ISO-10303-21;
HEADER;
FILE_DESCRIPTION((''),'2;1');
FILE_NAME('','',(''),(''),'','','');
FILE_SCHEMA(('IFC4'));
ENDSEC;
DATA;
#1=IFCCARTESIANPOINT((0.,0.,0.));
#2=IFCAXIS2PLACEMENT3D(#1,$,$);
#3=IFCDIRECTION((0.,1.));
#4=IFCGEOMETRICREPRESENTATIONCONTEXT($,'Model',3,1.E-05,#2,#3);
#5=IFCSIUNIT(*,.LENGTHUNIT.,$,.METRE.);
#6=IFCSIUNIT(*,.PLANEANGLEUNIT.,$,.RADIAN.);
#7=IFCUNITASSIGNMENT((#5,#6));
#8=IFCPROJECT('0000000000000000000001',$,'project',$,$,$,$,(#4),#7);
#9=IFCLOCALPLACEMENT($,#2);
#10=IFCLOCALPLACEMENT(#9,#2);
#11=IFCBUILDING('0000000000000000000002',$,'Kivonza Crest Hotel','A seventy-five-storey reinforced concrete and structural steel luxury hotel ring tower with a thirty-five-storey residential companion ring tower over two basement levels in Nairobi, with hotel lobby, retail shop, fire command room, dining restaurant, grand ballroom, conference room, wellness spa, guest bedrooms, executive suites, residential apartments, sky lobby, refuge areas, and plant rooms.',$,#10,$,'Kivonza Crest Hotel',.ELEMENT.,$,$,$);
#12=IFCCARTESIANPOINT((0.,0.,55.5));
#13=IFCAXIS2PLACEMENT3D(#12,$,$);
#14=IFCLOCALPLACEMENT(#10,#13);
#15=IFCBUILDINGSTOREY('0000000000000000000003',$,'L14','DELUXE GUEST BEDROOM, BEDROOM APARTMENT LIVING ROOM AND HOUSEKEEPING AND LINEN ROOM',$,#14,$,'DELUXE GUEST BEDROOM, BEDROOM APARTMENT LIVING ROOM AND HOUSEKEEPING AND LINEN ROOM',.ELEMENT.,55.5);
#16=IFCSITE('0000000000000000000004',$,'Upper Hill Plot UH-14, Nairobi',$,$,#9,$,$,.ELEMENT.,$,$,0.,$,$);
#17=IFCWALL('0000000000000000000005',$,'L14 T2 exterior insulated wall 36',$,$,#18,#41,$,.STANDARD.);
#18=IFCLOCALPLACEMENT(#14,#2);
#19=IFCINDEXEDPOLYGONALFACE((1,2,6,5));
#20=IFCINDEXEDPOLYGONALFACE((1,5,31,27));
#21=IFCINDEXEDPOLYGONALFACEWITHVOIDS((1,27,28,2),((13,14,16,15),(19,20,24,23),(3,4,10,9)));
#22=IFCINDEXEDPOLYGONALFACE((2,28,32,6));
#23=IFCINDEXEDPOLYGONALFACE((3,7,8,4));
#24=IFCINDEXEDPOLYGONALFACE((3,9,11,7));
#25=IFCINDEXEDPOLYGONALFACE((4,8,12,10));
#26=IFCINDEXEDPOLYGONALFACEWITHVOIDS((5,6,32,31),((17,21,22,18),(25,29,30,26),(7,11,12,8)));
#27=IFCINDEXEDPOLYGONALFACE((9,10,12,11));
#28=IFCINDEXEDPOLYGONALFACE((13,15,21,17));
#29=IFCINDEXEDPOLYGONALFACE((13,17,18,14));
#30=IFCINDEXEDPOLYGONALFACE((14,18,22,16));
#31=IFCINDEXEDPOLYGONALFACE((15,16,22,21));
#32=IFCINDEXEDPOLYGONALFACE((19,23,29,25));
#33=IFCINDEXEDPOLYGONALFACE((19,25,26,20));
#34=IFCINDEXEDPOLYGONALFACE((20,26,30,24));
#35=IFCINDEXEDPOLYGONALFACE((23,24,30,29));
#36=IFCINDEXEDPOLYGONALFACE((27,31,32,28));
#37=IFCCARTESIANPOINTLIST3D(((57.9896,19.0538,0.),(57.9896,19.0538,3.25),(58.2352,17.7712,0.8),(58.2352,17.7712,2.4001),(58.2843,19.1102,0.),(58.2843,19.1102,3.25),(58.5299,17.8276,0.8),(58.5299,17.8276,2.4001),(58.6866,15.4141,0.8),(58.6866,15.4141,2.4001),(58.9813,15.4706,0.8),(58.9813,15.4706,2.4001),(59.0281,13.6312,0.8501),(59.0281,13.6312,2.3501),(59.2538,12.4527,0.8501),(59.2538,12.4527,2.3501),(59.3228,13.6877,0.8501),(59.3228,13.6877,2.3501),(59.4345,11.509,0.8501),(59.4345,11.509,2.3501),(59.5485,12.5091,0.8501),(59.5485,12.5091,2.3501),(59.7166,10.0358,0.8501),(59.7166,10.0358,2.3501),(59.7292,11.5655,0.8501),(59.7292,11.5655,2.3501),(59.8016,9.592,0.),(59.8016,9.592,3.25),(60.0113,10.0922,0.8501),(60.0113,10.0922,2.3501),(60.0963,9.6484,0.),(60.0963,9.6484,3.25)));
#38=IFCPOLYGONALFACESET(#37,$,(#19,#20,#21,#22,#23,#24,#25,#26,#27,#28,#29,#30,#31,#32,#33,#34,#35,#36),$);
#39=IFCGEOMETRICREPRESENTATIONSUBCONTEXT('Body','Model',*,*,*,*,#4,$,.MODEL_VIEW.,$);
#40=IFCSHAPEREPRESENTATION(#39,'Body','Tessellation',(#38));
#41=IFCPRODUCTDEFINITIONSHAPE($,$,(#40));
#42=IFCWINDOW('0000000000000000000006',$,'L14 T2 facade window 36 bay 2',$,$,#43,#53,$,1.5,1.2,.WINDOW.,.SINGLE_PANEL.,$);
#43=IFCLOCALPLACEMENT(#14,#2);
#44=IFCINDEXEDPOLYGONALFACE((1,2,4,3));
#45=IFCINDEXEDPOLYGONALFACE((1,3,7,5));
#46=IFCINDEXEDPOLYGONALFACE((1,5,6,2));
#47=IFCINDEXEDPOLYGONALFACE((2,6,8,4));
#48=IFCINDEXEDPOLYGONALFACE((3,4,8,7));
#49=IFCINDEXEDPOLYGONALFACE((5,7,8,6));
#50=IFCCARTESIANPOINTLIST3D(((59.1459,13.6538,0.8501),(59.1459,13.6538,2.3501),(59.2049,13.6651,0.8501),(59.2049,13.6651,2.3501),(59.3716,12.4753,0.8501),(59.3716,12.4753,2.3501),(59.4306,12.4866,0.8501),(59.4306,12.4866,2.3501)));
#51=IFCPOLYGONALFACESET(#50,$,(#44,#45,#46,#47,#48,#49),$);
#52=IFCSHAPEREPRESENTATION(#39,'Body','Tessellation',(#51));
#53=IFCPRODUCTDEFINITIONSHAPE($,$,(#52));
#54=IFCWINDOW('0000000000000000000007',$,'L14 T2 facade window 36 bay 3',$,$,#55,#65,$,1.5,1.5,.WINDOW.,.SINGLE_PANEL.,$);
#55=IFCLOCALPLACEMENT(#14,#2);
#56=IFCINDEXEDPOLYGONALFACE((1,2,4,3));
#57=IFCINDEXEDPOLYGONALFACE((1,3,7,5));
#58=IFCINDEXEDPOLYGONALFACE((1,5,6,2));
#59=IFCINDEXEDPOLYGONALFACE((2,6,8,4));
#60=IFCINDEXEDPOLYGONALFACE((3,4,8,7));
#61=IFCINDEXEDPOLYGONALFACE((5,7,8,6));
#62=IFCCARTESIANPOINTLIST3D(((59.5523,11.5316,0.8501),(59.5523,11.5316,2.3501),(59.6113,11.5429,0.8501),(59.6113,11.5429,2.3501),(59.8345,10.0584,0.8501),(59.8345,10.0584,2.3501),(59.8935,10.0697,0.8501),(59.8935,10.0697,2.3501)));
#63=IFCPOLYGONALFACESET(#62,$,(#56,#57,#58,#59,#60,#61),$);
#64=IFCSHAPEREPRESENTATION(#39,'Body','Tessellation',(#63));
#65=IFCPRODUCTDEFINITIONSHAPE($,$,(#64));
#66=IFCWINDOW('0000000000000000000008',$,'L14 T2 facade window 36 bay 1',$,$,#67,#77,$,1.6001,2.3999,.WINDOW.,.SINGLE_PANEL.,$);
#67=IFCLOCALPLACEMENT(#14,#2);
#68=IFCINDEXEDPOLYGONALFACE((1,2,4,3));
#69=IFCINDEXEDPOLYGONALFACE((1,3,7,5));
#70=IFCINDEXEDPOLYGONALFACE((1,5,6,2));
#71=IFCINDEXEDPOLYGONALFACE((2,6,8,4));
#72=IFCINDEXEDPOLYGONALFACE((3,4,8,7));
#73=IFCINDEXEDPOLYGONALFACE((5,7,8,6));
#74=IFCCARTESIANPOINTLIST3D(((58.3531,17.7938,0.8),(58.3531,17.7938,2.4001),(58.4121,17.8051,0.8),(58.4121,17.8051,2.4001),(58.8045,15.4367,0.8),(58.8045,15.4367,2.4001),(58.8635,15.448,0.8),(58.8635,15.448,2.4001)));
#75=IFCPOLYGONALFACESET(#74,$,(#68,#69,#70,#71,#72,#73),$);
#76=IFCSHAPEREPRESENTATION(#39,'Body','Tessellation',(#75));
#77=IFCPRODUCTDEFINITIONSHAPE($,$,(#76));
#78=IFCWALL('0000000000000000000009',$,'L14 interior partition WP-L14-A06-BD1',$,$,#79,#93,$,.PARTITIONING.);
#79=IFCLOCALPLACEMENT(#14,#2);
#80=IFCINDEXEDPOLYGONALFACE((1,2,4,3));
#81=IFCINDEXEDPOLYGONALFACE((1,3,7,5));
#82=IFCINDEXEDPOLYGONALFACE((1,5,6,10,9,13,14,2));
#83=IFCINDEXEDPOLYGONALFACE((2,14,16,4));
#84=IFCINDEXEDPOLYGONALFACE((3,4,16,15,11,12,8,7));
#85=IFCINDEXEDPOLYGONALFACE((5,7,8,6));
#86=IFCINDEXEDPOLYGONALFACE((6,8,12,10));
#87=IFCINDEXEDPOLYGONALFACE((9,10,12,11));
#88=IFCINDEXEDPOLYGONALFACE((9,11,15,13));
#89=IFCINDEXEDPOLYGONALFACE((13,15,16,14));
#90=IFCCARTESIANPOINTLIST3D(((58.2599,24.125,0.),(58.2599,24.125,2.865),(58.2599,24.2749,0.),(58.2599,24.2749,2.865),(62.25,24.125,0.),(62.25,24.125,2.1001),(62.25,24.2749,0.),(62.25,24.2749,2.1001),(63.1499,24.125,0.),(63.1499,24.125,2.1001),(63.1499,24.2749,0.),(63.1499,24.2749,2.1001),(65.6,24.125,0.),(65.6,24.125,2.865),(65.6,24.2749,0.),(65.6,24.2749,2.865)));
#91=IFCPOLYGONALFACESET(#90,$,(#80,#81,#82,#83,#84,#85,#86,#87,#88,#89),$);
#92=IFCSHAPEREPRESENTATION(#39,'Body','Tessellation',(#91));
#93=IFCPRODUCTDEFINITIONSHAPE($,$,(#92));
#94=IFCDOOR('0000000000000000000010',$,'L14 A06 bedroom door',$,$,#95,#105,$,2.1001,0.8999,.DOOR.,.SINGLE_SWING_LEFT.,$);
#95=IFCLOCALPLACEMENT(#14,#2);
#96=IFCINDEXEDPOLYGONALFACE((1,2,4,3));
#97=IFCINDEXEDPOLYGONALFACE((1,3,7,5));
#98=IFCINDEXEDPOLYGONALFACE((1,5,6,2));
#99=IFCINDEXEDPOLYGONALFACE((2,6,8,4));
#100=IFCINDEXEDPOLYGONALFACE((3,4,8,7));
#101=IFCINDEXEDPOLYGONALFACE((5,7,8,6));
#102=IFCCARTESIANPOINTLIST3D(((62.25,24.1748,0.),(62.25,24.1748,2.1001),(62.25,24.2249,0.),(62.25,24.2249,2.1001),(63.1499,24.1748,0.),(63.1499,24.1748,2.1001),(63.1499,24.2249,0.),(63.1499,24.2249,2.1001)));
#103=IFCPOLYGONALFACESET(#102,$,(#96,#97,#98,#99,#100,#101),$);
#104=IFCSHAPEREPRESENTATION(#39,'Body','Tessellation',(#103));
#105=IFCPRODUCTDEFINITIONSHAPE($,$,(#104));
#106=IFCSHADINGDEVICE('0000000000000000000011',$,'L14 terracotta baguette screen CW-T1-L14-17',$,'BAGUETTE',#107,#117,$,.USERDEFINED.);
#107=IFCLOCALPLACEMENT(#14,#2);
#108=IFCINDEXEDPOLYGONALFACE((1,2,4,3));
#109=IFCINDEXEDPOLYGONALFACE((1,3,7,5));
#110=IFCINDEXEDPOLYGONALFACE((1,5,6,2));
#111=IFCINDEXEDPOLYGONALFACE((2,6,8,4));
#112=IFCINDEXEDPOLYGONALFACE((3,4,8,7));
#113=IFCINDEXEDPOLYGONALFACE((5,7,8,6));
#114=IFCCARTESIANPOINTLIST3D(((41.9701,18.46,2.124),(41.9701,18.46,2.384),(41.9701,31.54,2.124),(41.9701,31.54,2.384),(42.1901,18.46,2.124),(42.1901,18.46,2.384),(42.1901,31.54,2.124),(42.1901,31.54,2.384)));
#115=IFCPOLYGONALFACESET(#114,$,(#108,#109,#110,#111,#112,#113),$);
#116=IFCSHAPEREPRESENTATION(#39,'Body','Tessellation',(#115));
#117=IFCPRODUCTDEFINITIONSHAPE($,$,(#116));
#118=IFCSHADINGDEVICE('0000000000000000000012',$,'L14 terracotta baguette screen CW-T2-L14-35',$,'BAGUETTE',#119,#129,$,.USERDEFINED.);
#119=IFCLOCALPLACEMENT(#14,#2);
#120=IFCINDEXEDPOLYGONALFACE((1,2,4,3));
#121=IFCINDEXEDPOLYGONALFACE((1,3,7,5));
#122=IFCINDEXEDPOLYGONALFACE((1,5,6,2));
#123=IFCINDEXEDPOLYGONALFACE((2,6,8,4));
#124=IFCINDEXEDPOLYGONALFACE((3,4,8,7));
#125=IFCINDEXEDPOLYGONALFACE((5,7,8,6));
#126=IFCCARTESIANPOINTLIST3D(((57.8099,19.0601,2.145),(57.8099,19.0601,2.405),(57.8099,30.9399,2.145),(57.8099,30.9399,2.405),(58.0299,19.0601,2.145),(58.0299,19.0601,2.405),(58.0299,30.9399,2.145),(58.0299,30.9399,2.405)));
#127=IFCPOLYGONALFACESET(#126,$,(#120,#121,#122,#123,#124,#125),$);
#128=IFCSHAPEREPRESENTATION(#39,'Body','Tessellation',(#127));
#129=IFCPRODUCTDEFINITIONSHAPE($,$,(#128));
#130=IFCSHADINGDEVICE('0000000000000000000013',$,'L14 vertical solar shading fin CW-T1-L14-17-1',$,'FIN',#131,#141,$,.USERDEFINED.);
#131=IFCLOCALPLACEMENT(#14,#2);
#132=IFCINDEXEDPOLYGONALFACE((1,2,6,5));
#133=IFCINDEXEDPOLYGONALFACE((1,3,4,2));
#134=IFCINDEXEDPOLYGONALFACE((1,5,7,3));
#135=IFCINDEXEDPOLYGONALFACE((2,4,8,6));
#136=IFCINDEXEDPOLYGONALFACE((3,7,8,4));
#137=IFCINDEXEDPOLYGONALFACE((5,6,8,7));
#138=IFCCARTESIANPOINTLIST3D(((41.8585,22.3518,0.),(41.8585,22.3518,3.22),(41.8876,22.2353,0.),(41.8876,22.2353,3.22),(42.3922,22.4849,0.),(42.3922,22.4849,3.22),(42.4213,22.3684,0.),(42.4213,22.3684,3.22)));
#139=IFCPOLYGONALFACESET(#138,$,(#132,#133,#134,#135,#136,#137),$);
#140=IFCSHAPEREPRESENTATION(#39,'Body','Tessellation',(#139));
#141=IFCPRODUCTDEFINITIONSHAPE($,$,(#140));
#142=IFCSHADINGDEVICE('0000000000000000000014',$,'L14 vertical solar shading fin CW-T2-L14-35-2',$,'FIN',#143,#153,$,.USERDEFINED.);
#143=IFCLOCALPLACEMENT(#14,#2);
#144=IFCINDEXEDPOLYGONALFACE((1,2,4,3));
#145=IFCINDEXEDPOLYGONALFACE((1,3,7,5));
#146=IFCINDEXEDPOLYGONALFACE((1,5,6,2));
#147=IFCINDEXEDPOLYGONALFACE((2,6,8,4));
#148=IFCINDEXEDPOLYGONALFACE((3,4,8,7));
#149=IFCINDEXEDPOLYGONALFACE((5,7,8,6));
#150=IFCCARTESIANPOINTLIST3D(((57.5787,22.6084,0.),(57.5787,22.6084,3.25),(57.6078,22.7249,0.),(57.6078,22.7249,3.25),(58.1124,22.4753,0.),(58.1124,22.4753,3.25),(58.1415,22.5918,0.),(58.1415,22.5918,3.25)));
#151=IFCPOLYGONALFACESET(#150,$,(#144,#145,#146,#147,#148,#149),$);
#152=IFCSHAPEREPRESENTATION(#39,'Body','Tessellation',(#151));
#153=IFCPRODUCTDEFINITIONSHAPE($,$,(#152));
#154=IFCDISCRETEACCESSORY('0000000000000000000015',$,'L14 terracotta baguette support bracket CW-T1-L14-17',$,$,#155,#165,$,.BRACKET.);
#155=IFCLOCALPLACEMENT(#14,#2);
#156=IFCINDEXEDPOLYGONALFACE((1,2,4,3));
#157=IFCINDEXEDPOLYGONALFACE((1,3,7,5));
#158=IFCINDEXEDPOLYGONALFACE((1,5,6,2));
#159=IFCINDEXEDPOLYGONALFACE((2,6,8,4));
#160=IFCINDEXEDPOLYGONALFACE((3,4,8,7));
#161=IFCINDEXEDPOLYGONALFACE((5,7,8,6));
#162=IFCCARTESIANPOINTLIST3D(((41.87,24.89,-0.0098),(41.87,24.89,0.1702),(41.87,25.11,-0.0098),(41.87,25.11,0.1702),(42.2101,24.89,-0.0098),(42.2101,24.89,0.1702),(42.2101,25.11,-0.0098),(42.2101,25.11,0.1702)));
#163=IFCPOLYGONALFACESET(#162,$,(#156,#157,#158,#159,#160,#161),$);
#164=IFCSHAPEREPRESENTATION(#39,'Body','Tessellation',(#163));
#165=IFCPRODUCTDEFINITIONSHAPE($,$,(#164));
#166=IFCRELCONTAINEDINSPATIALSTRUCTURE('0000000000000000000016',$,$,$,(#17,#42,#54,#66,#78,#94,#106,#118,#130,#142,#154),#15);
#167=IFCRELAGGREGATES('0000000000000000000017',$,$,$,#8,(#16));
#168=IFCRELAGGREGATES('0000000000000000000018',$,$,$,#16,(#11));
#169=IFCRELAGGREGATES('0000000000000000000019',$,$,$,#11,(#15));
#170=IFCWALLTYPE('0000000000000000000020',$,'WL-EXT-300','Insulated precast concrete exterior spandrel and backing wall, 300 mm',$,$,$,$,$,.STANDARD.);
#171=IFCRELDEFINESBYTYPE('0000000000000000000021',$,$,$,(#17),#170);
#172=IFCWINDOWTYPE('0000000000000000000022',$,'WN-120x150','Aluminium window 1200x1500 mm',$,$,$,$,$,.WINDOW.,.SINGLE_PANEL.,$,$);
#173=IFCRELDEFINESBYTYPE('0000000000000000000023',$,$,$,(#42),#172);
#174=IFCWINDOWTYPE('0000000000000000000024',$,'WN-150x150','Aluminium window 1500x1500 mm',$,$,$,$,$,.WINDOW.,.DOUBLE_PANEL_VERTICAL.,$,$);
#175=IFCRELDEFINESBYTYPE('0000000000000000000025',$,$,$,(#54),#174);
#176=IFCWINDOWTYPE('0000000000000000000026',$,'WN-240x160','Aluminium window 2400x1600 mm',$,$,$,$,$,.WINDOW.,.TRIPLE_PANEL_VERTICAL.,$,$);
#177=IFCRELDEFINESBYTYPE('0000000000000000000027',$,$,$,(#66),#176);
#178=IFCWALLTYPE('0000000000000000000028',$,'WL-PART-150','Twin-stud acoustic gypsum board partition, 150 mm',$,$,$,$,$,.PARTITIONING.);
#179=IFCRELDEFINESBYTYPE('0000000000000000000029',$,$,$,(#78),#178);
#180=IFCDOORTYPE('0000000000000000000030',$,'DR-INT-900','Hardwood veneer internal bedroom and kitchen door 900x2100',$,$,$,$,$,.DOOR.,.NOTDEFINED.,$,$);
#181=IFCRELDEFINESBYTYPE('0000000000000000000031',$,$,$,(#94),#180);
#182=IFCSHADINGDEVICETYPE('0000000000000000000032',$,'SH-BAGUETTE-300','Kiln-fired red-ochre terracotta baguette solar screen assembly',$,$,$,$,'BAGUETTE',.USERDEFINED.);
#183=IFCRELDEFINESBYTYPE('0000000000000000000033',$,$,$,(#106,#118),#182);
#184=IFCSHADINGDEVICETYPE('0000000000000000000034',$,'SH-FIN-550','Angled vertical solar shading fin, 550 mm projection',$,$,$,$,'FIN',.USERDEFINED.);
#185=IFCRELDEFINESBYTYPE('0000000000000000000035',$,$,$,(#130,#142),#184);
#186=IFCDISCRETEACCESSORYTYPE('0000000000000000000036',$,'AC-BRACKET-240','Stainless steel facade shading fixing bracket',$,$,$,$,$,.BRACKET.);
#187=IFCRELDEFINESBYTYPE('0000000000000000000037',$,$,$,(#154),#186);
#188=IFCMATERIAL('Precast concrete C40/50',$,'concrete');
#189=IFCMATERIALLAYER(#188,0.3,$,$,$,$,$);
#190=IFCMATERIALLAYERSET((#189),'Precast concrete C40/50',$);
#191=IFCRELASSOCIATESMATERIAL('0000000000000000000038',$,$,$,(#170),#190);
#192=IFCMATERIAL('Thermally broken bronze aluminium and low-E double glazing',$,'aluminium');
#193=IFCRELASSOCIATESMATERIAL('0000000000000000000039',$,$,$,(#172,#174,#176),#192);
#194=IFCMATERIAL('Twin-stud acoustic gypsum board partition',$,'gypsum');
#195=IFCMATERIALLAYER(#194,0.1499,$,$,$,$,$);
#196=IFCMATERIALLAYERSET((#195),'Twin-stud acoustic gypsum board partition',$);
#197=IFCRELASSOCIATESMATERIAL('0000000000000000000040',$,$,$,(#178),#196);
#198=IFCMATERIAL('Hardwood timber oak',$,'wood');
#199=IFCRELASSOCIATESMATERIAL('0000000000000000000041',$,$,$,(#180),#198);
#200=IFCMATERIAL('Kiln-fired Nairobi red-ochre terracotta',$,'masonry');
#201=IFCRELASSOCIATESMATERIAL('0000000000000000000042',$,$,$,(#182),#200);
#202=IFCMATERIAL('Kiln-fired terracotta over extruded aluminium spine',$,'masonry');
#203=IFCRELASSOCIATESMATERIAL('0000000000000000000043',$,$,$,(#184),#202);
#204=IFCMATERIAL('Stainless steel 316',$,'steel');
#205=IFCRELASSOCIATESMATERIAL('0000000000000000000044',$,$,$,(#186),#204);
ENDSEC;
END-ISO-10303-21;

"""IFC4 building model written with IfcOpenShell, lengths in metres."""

from ifc_helpers import new_model, si_unit, direction, frame, frame_2d, origin, origin_2d, place, context, subcontext, project, spatial, rectangle, extrude, material, layer, layer_set, type_object, element, fill, save


model = new_model("IFC4")

# Units and contexts
model_context = context("Model", 3, precision=1e-05, world=origin(), true_north=direction((0.0, 1.0)))
body_context = subcontext(model_context, "Body", "Model", "MODEL_VIEW")
ifc_project = project(units=[si_unit("LENGTHUNIT", "METRE"), si_unit("PLANEANGLEUNIT", "RADIAN")], contexts=[model_context])

# Site, building, storey
site_placement = place(None, origin())
site = spatial("IfcSite", under=ifc_project, at=site_placement, Name="Upper Hill Plot UH-14, Nairobi", CompositionType="ELEMENT", RefElevation=0.0)
building_placement = place(site_placement, origin())
building = spatial("IfcBuilding", under=site, at=building_placement, Name="Kivonza Crest Hotel", Description="A seventy-five-storey reinforced concrete and structural steel luxury hotel ring tower with a thirty-five-storey residential companion ring tower over two basement levels in Nairobi, with hotel lobby, retail shop, fire command room, dining restaurant, grand ballroom, conference room, wellness spa, guest bedrooms, executive suites, residential apartments, sky lobby, refuge areas, and plant rooms.", LongName="Kivonza Crest Hotel", CompositionType="ELEMENT")
storey_placement = place(building_placement, frame((0.0, 0.0, 55.5)))
storey = spatial("IfcBuildingStorey", under=building, at=storey_placement, Name="L14", Description="DELUXE GUEST BEDROOM, BEDROOM APARTMENT LIVING ROOM AND HOUSEKEEPING AND LINEN ROOM", LongName="DELUXE GUEST BEDROOM, BEDROOM APARTMENT LIVING ROOM AND HOUSEKEEPING AND LINEN ROOM", CompositionType="ELEMENT", Elevation=55.5)

# Wall, openings, windows
ifc_material_1 = material(Name="Precast concrete C40/50", Category="concrete")
ifc_layer_1 = layer(ifc_material_1, 0.3)
ifc_layer_set_1 = layer_set([ifc_layer_1], Name="Precast concrete C40/50")
wall_type_1 = type_object("IfcWallType", Name="WL-EXT-300", Description="Insulated precast concrete exterior spandrel and backing wall, 300 mm", PredefinedType="STANDARD", material=ifc_layer_set_1)
wall_1_placement = place(storey_placement, frame((58.137, 19.082, 0.0), z_axis=(0.0, 0.0, 1.0), x_axis=(0.188088, -0.982152, 0.0)))
wall_1 = element("IfcWall", 1, at=wall_1_placement, inside=storey, type_object=wall_type_1, Name="L14 T2 exterior insulated wall 36", PredefinedType="STANDARD", context=body_context, shape_type="SweptSolid", body=[
    extrude(rectangle(XDim=9.6338, YDim=0.3, at=frame_2d((4.8169, 0.0))), origin(), (0.0, 0.0, 1.0), 3.25),
])
opening_1_placement = place(wall_1_placement, frame((1.3059, 0.0, 0.8)))
opening_1 = element("IfcOpeningElement", 2, at=opening_1_placement, cuts=wall_1, PredefinedType="OPENING", context=body_context, shape_type="SweptSolid", body=[
    extrude(rectangle(XDim=2.3999, YDim=1.6001, at=frame_2d((1.2, 0.8))), frame((0.0, 0.1602, 0.0), z_axis=(0.0, -1.0, 0.0), x_axis=(1.0, 0.0, 0.0)), (0.0, 0.0, 1.0), 0.3201),
])
opening_2_placement = place(wall_1_placement, frame((5.521, 0.0, 0.8501)))
opening_2 = element("IfcOpeningElement", 3, at=opening_2_placement, cuts=wall_1, PredefinedType="OPENING", context=body_context, shape_type="SweptSolid", body=[
    extrude(rectangle(XDim=1.2, YDim=1.5, at=frame_2d((0.6001, 0.75))), frame((0.0, 0.1602, 0.0), z_axis=(0.0, -1.0, 0.0), x_axis=(1.0, 0.0, 0.0)), (0.0, 0.0, 1.0), 0.3201),
])
opening_3_placement = place(wall_1_placement, frame((7.6819, 0.0, 0.8501)))
opening_3 = element("IfcOpeningElement", 4, at=opening_3_placement, cuts=wall_1, PredefinedType="OPENING", context=body_context, shape_type="SweptSolid", body=[
    extrude(rectangle(XDim=1.5, YDim=1.5, at=frame_2d((0.75, 0.75))), frame((0.0, 0.1602, 0.0), z_axis=(0.0, -1.0, 0.0), x_axis=(1.0, 0.0, 0.0)), (0.0, 0.0, 1.0), 0.3201),
])
ifc_material_2 = material(Name="Thermally broken bronze aluminium and low-E double glazing", Category="aluminium")
window_type_1 = type_object("IfcWindowType", Name="WN-120x150", Description="Aluminium window 1200x1500 mm", PartitioningType="SINGLE_PANEL", PredefinedType="WINDOW", material=ifc_material_2)
window_1_placement = place(opening_2_placement, origin())
window_1 = element("IfcWindow", 5, at=window_1_placement, inside=storey, type_object=window_type_1, Name="L14 T2 facade window 36 bay 2", OverallHeight=1.5, OverallWidth=1.2, PartitioningType="SINGLE_PANEL", PredefinedType="WINDOW", context=body_context, shape_type="SweptSolid", body=[
    extrude(rectangle(XDim=1.2, YDim=1.5, at=frame_2d((0.6001, 0.75))), frame((0.0, 0.03, 0.0), z_axis=(0.0, -1.0, 0.0), x_axis=(1.0, 0.0, 0.0)), (0.0, 0.0, 1.0), 0.0601),
])
fill(opening_2, window_1)
window_type_2 = type_object("IfcWindowType", Name="WN-150x150", Description="Aluminium window 1500x1500 mm", PartitioningType="DOUBLE_PANEL_VERTICAL", PredefinedType="WINDOW", material=ifc_material_2)
window_2_placement = place(opening_3_placement, origin())
window_2 = element("IfcWindow", 6, at=window_2_placement, inside=storey, type_object=window_type_2, Name="L14 T2 facade window 36 bay 3", OverallHeight=1.5, OverallWidth=1.5, PartitioningType="SINGLE_PANEL", PredefinedType="WINDOW", context=body_context, shape_type="SweptSolid", body=[
    extrude(rectangle(XDim=1.5, YDim=1.5, at=frame_2d((0.75, 0.75))), frame((0.0, 0.03, 0.0), z_axis=(0.0, -1.0, 0.0), x_axis=(1.0, 0.0, 0.0)), (0.0, 0.0, 1.0), 0.0601),
])
fill(opening_3, window_2)
window_type_3 = type_object("IfcWindowType", Name="WN-240x160", Description="Aluminium window 2400x1600 mm", PartitioningType="TRIPLE_PANEL_VERTICAL", PredefinedType="WINDOW", material=ifc_material_2)
window_3_placement = place(opening_1_placement, origin())
window_3 = element("IfcWindow", 7, at=window_3_placement, inside=storey, type_object=window_type_3, Name="L14 T2 facade window 36 bay 1", OverallHeight=1.6001, OverallWidth=2.3999, PartitioningType="SINGLE_PANEL", PredefinedType="WINDOW", context=body_context, shape_type="SweptSolid", body=[
    extrude(rectangle(XDim=2.3999, YDim=1.6001, at=frame_2d((1.2, 0.8))), frame((0.0, 0.03, 0.0), z_axis=(0.0, -1.0, 0.0), x_axis=(1.0, 0.0, 0.0)), (0.0, 0.0, 1.0), 0.0601),
])
fill(opening_1, window_3)

# Wall, opening, door
ifc_material_3 = material(Name="Twin-stud acoustic gypsum board partition", Category="gypsum")
ifc_layer_2 = layer(ifc_material_3, 0.1499)
ifc_layer_set_2 = layer_set([ifc_layer_2], Name="Twin-stud acoustic gypsum board partition")
wall_type_2 = type_object("IfcWallType", Name="WL-PART-150", Description="Twin-stud acoustic gypsum board partition, 150 mm", PredefinedType="PARTITIONING", material=ifc_layer_set_2)
wall_2_placement = place(storey_placement, frame((58.26, 24.2, 0.0), z_axis=(0.0, 0.0, 1.0), x_axis=(1.0, 0.0, 0.0)))
wall_2 = element("IfcWall", 8, at=wall_2_placement, inside=storey, type_object=wall_type_2, Name="L14 interior partition WP-L14-A06-BD1", PredefinedType="PARTITIONING", context=body_context, shape_type="SweptSolid", body=[
    extrude(rectangle(XDim=7.3401, YDim=0.1499, at=frame_2d((3.6699, 0.0))), origin(), (0.0, 0.0, 1.0), 2.865),
])
opening_4_placement = place(wall_2_placement, frame((3.99, 0.0, 0.0)))
opening_4 = element("IfcOpeningElement", 9, at=opening_4_placement, cuts=wall_2, PredefinedType="OPENING", context=body_context, shape_type="SweptSolid", body=[
    extrude(rectangle(XDim=0.8999, YDim=2.1001, at=frame_2d((0.45, 1.05))), frame((0.0, 0.085, 0.0), z_axis=(0.0, -1.0, 0.0), x_axis=(1.0, 0.0, 0.0)), (0.0, 0.0, 1.0), 0.1699),
])
ifc_material_4 = material(Name="Hardwood timber oak", Category="wood")
door_type = type_object("IfcDoorType", Name="DR-INT-900", Description="Hardwood veneer internal bedroom and kitchen door 900x2100", OperationType="NOTDEFINED", PredefinedType="DOOR", material=ifc_material_4)
door_placement = place(opening_4_placement, origin())
door = element("IfcDoor", 10, at=door_placement, inside=storey, type_object=door_type, Name="L14 A06 bedroom door", OperationType="SINGLE_SWING_LEFT", OverallHeight=2.1001, OverallWidth=0.8999, PredefinedType="DOOR", context=body_context, shape_type="SweptSolid", body=[
    extrude(rectangle(XDim=0.8999, YDim=2.1001, at=frame_2d((0.45, 1.05))), frame((0.0, 0.0249, 0.0), z_axis=(0.0, -1.0, 0.0), x_axis=(1.0, 0.0, 0.0)), (0.0, 0.0, 1.0), 0.05),
])
fill(opening_4, door)

# Shading devices
ifc_material_5 = material(Name="Kiln-fired Nairobi red-ochre terracotta", Category="masonry")
shading_device_type_1 = type_object("IfcShadingDeviceType", Name="SH-BAGUETTE-300", Description="Kiln-fired red-ochre terracotta baguette solar screen assembly", ElementType="BAGUETTE", PredefinedType="USERDEFINED", material=ifc_material_5)
shading_device_1_placement = place(storey_placement, frame((42.0801, 25.0, 2.124), z_axis=(0.0, 0.0, 1.0), x_axis=(0.0, 1.0, 0.0)))
element("IfcShadingDevice", 11, at=shading_device_1_placement, inside=storey, type_object=shading_device_type_1, Name="L14 terracotta baguette screen CW-T1-L14-17", ObjectType="BAGUETTE", PredefinedType="USERDEFINED", context=body_context, shape_type="SweptSolid", body=[
    extrude(rectangle(XDim=13.0801, YDim=0.22, at=origin_2d()), origin(), (0.0, 0.0, 1.0), 0.26),
])
shading_device_2_placement = place(storey_placement, frame((57.9199, 25.0, 2.145), z_axis=(0.0, 0.0, 1.0), x_axis=(0.0, -1.0, 0.0)))
element("IfcShadingDevice", 12, at=shading_device_2_placement, inside=storey, type_object=shading_device_type_1, Name="L14 terracotta baguette screen CW-T2-L14-35", ObjectType="BAGUETTE", PredefinedType="USERDEFINED", context=body_context, shape_type="SweptSolid", body=[
    extrude(rectangle(XDim=11.8799, YDim=0.22, at=origin_2d()), origin(), (0.0, 0.0, 1.0), 0.26),
])
ifc_material_6 = material(Name="Kiln-fired terracotta over extruded aluminium spine", Category="masonry")
shading_device_type_2 = type_object("IfcShadingDeviceType", Name="SH-FIN-550", Description="Angled vertical solar shading fin, 550 mm projection", ElementType="FIN", PredefinedType="USERDEFINED", material=ifc_material_6)
shading_device_3_placement = place(storey_placement, frame((42.1399, 22.3601, 0.0), z_axis=(0.0, 0.0, 1.0), x_axis=(-0.241922, 0.970296, 0.0)))
element("IfcShadingDevice", 13, at=shading_device_3_placement, inside=storey, type_object=shading_device_type_2, Name="L14 vertical solar shading fin CW-T1-L14-17-1", ObjectType="FIN", PredefinedType="USERDEFINED", context=body_context, shape_type="SweptSolid", body=[
    extrude(rectangle(XDim=0.1201, YDim=0.55, at=origin_2d()), origin(), (0.0, 0.0, 1.0), 3.22),
])
shading_device_4_placement = place(storey_placement, frame((57.8601, 22.6001, 0.0), z_axis=(0.0, 0.0, 1.0), x_axis=(-0.241922, -0.970296, 0.0)))
element("IfcShadingDevice", 14, at=shading_device_4_placement, inside=storey, type_object=shading_device_type_2, Name="L14 vertical solar shading fin CW-T2-L14-35-2", ObjectType="FIN", PredefinedType="USERDEFINED", context=body_context, shape_type="SweptSolid", body=[
    extrude(rectangle(XDim=0.1201, YDim=0.55, at=origin_2d()), origin(), (0.0, 0.0, 1.0), 3.25),
])

# Discrete accessory
ifc_material_7 = material(Name="Stainless steel 316", Category="steel")
discrete_accessory_type = type_object("IfcDiscreteAccessoryType", Name="AC-BRACKET-240", Description="Stainless steel facade shading fixing bracket", PredefinedType="BRACKET", material=ifc_material_7)
for number, where, z_axis, x_axis, name in (
    (15, (42.04, 25.0, -0.0098), (0.0, 0.0, 1.0), (0.0, 1.0, 0.0), "L14 terracotta baguette support bracket CW-T1-L14-17"),
):
    element("IfcDiscreteAccessory", number, at=place(storey_placement, frame(where, z_axis=z_axis, x_axis=x_axis)), inside=storey, type_object=discrete_accessory_type, Name=name, PredefinedType="BRACKET", context=body_context, shape_type="SweptSolid", body=[
        extrude(rectangle(XDim=0.22, YDim=0.3401, at=origin_2d()), origin(), (0.0, 0.0, 1.0), 0.1799),
    ])

save(model, "model.ifc")
